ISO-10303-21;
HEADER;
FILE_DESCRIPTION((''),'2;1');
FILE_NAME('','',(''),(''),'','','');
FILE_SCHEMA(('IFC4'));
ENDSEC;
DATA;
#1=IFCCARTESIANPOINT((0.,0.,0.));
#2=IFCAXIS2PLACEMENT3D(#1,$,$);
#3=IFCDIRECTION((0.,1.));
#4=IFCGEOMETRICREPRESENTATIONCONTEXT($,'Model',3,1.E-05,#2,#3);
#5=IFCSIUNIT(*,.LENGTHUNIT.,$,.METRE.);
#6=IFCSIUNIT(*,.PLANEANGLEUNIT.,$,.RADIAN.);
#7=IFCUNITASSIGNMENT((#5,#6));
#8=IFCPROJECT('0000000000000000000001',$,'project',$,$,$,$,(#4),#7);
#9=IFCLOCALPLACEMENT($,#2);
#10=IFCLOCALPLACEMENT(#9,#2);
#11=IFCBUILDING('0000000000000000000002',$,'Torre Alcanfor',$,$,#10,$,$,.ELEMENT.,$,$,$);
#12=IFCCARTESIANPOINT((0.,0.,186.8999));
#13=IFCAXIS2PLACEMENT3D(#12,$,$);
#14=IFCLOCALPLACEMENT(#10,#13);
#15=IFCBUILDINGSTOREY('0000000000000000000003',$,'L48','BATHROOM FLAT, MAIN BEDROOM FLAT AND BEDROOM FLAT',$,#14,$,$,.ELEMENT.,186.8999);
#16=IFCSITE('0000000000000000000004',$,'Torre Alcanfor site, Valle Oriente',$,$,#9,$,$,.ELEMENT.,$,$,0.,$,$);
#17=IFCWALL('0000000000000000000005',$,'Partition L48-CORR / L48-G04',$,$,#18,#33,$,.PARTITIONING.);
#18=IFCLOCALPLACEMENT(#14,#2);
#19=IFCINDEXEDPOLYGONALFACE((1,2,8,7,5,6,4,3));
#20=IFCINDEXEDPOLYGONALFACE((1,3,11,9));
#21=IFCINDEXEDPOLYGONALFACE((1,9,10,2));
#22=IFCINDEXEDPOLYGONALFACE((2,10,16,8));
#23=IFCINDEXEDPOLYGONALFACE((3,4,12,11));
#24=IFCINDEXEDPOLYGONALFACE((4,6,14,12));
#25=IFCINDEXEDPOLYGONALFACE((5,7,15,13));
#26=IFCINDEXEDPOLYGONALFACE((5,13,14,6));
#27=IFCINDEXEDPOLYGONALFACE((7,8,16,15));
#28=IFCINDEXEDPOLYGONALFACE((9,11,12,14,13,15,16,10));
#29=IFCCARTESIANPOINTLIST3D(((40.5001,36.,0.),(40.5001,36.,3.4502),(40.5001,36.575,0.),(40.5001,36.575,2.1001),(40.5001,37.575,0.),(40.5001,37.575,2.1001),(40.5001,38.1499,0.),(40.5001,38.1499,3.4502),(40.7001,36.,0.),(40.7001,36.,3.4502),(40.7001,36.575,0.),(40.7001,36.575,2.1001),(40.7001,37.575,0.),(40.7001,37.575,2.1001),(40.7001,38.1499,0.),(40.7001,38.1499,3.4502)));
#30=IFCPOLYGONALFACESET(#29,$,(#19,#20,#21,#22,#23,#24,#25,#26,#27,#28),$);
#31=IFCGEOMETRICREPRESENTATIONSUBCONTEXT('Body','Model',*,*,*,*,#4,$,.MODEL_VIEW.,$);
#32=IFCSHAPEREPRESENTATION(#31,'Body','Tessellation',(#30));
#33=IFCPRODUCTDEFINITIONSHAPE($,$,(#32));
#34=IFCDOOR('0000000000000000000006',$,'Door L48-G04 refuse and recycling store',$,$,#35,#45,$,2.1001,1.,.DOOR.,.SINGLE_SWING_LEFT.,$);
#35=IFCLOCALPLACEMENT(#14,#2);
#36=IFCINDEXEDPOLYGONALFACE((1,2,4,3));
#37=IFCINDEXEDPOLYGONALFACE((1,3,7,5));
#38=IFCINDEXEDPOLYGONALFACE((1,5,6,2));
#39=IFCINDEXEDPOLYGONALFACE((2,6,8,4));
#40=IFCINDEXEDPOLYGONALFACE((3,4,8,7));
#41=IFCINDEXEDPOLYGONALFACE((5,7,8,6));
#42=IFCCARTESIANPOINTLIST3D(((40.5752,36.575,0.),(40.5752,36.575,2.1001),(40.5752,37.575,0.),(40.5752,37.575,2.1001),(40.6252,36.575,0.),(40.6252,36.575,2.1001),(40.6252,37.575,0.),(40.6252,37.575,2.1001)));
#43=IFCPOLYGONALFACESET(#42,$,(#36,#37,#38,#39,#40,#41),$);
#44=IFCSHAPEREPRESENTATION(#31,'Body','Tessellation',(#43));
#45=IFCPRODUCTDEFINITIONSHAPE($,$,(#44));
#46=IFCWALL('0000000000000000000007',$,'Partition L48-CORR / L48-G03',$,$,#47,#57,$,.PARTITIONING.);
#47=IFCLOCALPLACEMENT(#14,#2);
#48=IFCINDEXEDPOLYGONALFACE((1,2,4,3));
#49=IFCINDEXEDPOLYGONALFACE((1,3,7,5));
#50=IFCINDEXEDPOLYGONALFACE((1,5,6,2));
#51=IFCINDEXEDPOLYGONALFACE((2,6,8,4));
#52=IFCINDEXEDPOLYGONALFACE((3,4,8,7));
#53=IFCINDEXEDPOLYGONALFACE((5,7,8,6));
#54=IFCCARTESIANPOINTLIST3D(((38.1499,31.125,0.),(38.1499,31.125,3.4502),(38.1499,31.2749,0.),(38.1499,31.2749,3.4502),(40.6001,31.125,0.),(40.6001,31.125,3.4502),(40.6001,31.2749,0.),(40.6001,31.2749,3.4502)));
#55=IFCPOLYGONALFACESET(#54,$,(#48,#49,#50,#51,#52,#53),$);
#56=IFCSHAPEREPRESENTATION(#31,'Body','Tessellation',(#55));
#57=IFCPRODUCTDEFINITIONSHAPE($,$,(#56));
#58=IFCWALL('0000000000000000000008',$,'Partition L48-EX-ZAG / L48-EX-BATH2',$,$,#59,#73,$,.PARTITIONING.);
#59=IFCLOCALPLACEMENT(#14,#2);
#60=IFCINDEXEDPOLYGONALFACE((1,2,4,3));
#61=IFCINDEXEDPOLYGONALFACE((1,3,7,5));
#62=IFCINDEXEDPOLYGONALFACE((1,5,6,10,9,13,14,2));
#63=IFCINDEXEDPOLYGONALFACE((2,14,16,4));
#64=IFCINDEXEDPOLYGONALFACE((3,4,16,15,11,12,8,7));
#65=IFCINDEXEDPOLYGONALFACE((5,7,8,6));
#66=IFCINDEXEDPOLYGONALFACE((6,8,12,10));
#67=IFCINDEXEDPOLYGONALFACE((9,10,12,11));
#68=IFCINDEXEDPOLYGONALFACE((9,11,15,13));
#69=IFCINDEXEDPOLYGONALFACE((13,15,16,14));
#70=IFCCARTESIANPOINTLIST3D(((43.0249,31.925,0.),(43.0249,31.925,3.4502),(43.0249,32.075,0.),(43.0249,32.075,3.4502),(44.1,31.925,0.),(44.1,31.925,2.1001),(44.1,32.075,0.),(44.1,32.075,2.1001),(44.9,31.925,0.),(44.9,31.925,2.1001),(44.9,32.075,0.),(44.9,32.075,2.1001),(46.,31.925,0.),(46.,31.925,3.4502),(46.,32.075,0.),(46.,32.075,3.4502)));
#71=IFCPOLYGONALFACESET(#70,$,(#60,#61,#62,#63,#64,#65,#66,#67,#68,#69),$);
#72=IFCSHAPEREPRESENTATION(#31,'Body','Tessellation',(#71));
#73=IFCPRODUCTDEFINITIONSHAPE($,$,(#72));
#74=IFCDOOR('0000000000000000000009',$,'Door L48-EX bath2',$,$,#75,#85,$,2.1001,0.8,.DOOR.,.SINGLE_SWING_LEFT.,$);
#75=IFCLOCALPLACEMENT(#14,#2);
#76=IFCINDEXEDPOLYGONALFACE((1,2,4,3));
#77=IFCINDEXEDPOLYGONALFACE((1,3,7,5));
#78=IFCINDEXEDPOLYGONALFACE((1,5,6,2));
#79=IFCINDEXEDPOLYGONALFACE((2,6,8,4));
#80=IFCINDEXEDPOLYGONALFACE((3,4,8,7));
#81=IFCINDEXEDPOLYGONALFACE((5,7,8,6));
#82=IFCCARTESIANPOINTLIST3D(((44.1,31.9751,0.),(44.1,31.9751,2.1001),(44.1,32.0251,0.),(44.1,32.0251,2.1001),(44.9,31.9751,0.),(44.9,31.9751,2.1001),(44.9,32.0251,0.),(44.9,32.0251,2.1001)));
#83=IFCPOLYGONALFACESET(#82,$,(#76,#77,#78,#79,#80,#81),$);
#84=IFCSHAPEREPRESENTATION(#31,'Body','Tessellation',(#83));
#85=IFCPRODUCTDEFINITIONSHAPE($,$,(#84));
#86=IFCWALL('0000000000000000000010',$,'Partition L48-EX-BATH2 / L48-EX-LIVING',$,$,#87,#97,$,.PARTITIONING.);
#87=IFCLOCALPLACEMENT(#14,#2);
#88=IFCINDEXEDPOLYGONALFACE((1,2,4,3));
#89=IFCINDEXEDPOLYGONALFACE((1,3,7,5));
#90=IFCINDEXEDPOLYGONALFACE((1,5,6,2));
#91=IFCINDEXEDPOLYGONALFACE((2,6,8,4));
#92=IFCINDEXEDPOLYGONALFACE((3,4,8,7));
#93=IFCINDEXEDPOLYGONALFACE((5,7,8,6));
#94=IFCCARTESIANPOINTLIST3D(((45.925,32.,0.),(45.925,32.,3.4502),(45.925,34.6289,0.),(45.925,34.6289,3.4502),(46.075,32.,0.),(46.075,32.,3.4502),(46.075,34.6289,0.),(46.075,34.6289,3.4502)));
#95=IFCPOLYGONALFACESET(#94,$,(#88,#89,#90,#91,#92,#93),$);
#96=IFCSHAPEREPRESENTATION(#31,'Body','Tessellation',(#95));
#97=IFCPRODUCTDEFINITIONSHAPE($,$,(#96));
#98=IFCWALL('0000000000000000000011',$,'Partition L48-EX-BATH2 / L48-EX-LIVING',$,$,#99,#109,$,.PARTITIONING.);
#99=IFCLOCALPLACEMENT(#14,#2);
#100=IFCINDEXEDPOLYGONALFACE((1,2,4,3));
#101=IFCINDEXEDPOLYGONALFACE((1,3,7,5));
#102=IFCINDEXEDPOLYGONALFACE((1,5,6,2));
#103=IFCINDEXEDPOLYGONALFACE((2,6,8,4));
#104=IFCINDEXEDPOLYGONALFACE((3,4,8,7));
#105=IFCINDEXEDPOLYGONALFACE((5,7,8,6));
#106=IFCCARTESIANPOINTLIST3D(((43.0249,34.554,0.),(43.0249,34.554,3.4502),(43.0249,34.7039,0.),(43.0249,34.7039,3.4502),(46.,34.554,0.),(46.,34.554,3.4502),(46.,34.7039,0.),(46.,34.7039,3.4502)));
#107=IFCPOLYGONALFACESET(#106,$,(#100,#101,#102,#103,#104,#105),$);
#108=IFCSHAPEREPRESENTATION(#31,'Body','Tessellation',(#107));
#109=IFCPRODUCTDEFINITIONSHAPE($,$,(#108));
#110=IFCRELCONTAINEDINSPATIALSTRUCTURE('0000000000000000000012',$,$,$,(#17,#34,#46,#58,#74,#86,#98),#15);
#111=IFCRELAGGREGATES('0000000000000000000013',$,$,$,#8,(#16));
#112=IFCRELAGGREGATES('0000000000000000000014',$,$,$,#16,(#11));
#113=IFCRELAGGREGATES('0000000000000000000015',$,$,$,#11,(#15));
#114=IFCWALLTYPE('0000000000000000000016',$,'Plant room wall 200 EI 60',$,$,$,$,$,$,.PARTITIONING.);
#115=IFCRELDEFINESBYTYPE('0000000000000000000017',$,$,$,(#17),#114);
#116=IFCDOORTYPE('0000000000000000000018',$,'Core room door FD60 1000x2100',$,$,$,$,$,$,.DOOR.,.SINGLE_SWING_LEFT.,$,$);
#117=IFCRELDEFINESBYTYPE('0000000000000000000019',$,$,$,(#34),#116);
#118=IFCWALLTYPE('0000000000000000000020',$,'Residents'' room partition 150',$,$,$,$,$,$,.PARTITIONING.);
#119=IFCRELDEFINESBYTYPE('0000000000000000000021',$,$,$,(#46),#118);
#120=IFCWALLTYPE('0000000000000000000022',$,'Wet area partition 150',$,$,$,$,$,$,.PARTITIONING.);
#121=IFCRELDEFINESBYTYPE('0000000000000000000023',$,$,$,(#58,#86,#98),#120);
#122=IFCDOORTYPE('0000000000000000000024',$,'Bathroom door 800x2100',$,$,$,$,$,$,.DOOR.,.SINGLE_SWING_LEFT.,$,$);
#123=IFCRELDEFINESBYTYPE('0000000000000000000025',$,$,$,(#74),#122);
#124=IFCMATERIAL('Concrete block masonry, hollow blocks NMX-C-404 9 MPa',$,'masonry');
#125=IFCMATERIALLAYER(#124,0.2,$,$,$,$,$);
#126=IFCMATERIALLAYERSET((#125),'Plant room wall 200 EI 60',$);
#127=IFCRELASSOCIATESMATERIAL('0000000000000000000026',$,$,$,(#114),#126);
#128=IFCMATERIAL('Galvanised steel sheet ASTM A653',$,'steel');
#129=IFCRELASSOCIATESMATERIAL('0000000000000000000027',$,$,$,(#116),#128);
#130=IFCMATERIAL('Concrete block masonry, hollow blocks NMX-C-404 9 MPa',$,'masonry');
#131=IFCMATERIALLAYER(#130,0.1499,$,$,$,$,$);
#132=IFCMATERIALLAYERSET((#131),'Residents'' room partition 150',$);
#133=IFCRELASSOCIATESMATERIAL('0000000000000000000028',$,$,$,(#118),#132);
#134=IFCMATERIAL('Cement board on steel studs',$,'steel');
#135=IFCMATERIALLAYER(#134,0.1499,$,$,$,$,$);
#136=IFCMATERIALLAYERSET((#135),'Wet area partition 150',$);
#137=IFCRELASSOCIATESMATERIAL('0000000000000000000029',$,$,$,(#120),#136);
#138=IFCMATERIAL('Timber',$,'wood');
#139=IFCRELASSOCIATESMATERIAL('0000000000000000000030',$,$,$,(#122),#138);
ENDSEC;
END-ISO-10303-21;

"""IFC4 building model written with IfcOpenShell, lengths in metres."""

from ifc_helpers import new_model, si_unit, direction, frame, frame_2d, origin, place, context, subcontext, project, spatial, rectangle, extrude, material, layer, layer_set, type_object, element, fill, save


model = new_model("IFC4")

# Units and contexts
model_context = context("Model", 3, precision=1e-05, world=origin(), true_north=direction((0.0, 1.0)))
body_context = subcontext(model_context, "Body", "Model", "MODEL_VIEW")
ifc_project = project(units=[si_unit("LENGTHUNIT", "METRE"), si_unit("PLANEANGLEUNIT", "RADIAN")], contexts=[model_context])

# Site, building, storey
site_placement = place(None, origin())
site = spatial("IfcSite", under=ifc_project, at=site_placement, Name="Torre Alcanfor site, Valle Oriente", CompositionType="ELEMENT", RefElevation=0.0)
building_placement = place(site_placement, origin())
building = spatial("IfcBuilding", under=site, at=building_placement, Name="Torre Alcanfor", CompositionType="ELEMENT")
storey_placement = place(building_placement, frame((0.0, 0.0, 186.8999)))
storey = spatial("IfcBuildingStorey", under=building, at=storey_placement, Name="L48", Description="BATHROOM FLAT, MAIN BEDROOM FLAT AND BEDROOM FLAT", CompositionType="ELEMENT", Elevation=186.8999)

# Shared definitions
ifc_material_1 = material(Name="Concrete block masonry, hollow blocks NMX-C-404 9 MPa", Category="masonry")
ifc_layer_1 = layer(ifc_material_1, 0.2)
ifc_layer_set_1 = layer_set([ifc_layer_1], Name="Plant room wall 200 EI 60")
wall_type_1 = type_object("IfcWallType", Name="Plant room wall 200 EI 60", PredefinedType="PARTITIONING", material=ifc_layer_set_1)

# Wall, opening, door
wall_1_placement = place(storey_placement, frame((40.6001, 36.0, 0.0), z_axis=(0.0, 0.0, 1.0), x_axis=(0.0, 1.0, 0.0)))
wall_1 = element("IfcWall", 1, at=wall_1_placement, inside=storey, type_object=wall_type_1, Name="Partition L48-CORR / L48-G04", PredefinedType="PARTITIONING", context=body_context, shape_type="SweptSolid", body=[
    extrude(rectangle(XDim=2.1499, YDim=0.2, at=frame_2d((1.075, 0.0))), origin(), (0.0, 0.0, 1.0), 3.4502),
])
opening_1_placement = place(wall_1_placement, frame((0.575, 0.0, 0.0)))
opening_1 = element("IfcOpeningElement", 2, at=opening_1_placement, cuts=wall_1, PredefinedType="OPENING", context=body_context, shape_type="SweptSolid", body=[
    extrude(rectangle(XDim=1.0, YDim=2.1001, at=frame_2d((0.5, 1.05))), frame((0.0, 0.1099, 0.0), z_axis=(0.0, -1.0, 0.0), x_axis=(1.0, 0.0, 0.0)), (0.0, 0.0, 1.0), 0.22),
])
ifc_material_2 = material(Name="Galvanised steel sheet ASTM A653", Category="steel")
door_type_1 = type_object("IfcDoorType", Name="Core room door FD60 1000x2100", OperationType="SINGLE_SWING_LEFT", PredefinedType="DOOR", material=ifc_material_2)
door_1_placement = place(opening_1_placement, origin())
door_1 = element("IfcDoor", 3, at=door_1_placement, inside=storey, type_object=door_type_1, Name="Door L48-G04 refuse and recycling store", OperationType="SINGLE_SWING_LEFT", OverallHeight=2.1001, OverallWidth=1.0, PredefinedType="DOOR", context=body_context, shape_type="SweptSolid", body=[
    extrude(rectangle(XDim=1.0, YDim=2.1001, at=frame_2d((0.5, 1.05))), frame((0.0, 0.0249, 0.0), z_axis=(0.0, -1.0, 0.0), x_axis=(1.0, 0.0, 0.0)), (0.0, 0.0, 1.0), 0.05),
])
fill(opening_1, door_1)

# Wall
ifc_material_3 = material(Name="Concrete block masonry, hollow blocks NMX-C-404 9 MPa", Category="masonry")
ifc_layer_2 = layer(ifc_material_3, 0.1499)
ifc_layer_set_2 = layer_set([ifc_layer_2], Name="Residents' room partition 150")
wall_type_2 = type_object("IfcWallType", Name="Residents' room partition 150", PredefinedType="PARTITIONING", material=ifc_layer_set_2)
wall_2_placement = place(storey_placement, frame((40.6001, 31.2, 0.0), z_axis=(0.0, 0.0, 1.0), x_axis=(-1.0, 0.0, 0.0)))
element("IfcWall", 4, at=wall_2_placement, inside=storey, type_object=wall_type_2, Name="Partition L48-CORR / L48-G03", PredefinedType="PARTITIONING", context=body_context, shape_type="SweptSolid", body=[
    extrude(rectangle(XDim=2.4502, YDim=0.1499, at=frame_2d((1.2251, 0.0))), origin(), (0.0, 0.0, 1.0), 3.4502),
])

# Wall, opening, door
ifc_material_4 = material(Name="Cement board on steel studs", Category="steel")
ifc_layer_3 = layer(ifc_material_4, 0.1499)
ifc_layer_set_3 = layer_set([ifc_layer_3], Name="Wet area partition 150")
wall_type_3 = type_object("IfcWallType", Name="Wet area partition 150", PredefinedType="PARTITIONING", material=ifc_layer_set_3)
wall_3_placement = place(storey_placement, frame((46.0, 32.0, 0.0), z_axis=(0.0, 0.0, 1.0), x_axis=(-1.0, 0.0, 0.0)))
wall_3 = element("IfcWall", 5, at=wall_3_placement, inside=storey, type_object=wall_type_3, Name="Partition L48-EX-ZAG / L48-EX-BATH2", PredefinedType="PARTITIONING", context=body_context, shape_type="SweptSolid", body=[
    extrude(rectangle(XDim=2.9751, YDim=0.1499, at=frame_2d((1.4875, 0.0))), origin(), (0.0, 0.0, 1.0), 3.4502),
])
opening_2_placement = place(wall_3_placement, frame((1.1001, 0.0, 0.0)))
opening_2 = element("IfcOpeningElement", 6, at=opening_2_placement, cuts=wall_3, PredefinedType="OPENING", context=body_context, shape_type="SweptSolid", body=[
    extrude(rectangle(XDim=0.8, YDim=2.1001, at=frame_2d((0.3999, 1.05))), frame((0.0, 0.085, 0.0), z_axis=(0.0, -1.0, 0.0), x_axis=(1.0, 0.0, 0.0)), (0.0, 0.0, 1.0), 0.1699),
])
ifc_material_5 = material(Name="Timber", Category="wood")
door_type_2 = type_object("IfcDoorType", Name="Bathroom door 800x2100", OperationType="SINGLE_SWING_LEFT", PredefinedType="DOOR", material=ifc_material_5)
door_2_placement = place(opening_2_placement, frame((0.8, 0.0, 0.0), z_axis=(0.0, 0.0, 1.0), x_axis=(-1.0, 0.0, 0.0)))
door_2 = element("IfcDoor", 7, at=door_2_placement, inside=storey, type_object=door_type_2, Name="Door L48-EX bath2", OperationType="SINGLE_SWING_LEFT", OverallHeight=2.1001, OverallWidth=0.8, PredefinedType="DOOR", context=body_context, shape_type="SweptSolid", body=[
    extrude(rectangle(XDim=0.8, YDim=2.1001, at=frame_2d((0.4001, 1.05))), frame((0.0, 0.0251, 0.0), z_axis=(0.0, -1.0, 0.0), x_axis=(1.0, 0.0, 0.0)), (0.0, 0.0, 1.0), 0.05),
])
fill(opening_2, door_2)

# Walls
wall_4_placement = place(storey_placement, frame((46.0, 32.0, 0.0), z_axis=(0.0, 0.0, 1.0), x_axis=(0.0, 1.0, 0.0)))
element("IfcWall", 8, at=wall_4_placement, inside=storey, type_object=wall_type_3, Name="Partition L48-EX-BATH2 / L48-EX-LIVING", PredefinedType="PARTITIONING", context=body_context, shape_type="SweptSolid", body=[
    extrude(rectangle(XDim=2.6289, YDim=0.1499, at=frame_2d((1.3145, 0.0))), origin(), (0.0, 0.0, 1.0), 3.4502),
])
wall_5_placement = place(storey_placement, frame((46.0, 34.6289, 0.0), z_axis=(0.0, 0.0, 1.0), x_axis=(-1.0, 0.0, 0.0)))
element("IfcWall", 9, at=wall_5_placement, inside=storey, type_object=wall_type_3, Name="Partition L48-EX-BATH2 / L48-EX-LIVING", PredefinedType="PARTITIONING", context=body_context, shape_type="SweptSolid", body=[
    extrude(rectangle(XDim=2.9751, YDim=0.1499, at=frame_2d((1.4875, 0.0))), origin(), (0.0, 0.0, 1.0), 3.4502),
])

save(model, "model.ifc")
